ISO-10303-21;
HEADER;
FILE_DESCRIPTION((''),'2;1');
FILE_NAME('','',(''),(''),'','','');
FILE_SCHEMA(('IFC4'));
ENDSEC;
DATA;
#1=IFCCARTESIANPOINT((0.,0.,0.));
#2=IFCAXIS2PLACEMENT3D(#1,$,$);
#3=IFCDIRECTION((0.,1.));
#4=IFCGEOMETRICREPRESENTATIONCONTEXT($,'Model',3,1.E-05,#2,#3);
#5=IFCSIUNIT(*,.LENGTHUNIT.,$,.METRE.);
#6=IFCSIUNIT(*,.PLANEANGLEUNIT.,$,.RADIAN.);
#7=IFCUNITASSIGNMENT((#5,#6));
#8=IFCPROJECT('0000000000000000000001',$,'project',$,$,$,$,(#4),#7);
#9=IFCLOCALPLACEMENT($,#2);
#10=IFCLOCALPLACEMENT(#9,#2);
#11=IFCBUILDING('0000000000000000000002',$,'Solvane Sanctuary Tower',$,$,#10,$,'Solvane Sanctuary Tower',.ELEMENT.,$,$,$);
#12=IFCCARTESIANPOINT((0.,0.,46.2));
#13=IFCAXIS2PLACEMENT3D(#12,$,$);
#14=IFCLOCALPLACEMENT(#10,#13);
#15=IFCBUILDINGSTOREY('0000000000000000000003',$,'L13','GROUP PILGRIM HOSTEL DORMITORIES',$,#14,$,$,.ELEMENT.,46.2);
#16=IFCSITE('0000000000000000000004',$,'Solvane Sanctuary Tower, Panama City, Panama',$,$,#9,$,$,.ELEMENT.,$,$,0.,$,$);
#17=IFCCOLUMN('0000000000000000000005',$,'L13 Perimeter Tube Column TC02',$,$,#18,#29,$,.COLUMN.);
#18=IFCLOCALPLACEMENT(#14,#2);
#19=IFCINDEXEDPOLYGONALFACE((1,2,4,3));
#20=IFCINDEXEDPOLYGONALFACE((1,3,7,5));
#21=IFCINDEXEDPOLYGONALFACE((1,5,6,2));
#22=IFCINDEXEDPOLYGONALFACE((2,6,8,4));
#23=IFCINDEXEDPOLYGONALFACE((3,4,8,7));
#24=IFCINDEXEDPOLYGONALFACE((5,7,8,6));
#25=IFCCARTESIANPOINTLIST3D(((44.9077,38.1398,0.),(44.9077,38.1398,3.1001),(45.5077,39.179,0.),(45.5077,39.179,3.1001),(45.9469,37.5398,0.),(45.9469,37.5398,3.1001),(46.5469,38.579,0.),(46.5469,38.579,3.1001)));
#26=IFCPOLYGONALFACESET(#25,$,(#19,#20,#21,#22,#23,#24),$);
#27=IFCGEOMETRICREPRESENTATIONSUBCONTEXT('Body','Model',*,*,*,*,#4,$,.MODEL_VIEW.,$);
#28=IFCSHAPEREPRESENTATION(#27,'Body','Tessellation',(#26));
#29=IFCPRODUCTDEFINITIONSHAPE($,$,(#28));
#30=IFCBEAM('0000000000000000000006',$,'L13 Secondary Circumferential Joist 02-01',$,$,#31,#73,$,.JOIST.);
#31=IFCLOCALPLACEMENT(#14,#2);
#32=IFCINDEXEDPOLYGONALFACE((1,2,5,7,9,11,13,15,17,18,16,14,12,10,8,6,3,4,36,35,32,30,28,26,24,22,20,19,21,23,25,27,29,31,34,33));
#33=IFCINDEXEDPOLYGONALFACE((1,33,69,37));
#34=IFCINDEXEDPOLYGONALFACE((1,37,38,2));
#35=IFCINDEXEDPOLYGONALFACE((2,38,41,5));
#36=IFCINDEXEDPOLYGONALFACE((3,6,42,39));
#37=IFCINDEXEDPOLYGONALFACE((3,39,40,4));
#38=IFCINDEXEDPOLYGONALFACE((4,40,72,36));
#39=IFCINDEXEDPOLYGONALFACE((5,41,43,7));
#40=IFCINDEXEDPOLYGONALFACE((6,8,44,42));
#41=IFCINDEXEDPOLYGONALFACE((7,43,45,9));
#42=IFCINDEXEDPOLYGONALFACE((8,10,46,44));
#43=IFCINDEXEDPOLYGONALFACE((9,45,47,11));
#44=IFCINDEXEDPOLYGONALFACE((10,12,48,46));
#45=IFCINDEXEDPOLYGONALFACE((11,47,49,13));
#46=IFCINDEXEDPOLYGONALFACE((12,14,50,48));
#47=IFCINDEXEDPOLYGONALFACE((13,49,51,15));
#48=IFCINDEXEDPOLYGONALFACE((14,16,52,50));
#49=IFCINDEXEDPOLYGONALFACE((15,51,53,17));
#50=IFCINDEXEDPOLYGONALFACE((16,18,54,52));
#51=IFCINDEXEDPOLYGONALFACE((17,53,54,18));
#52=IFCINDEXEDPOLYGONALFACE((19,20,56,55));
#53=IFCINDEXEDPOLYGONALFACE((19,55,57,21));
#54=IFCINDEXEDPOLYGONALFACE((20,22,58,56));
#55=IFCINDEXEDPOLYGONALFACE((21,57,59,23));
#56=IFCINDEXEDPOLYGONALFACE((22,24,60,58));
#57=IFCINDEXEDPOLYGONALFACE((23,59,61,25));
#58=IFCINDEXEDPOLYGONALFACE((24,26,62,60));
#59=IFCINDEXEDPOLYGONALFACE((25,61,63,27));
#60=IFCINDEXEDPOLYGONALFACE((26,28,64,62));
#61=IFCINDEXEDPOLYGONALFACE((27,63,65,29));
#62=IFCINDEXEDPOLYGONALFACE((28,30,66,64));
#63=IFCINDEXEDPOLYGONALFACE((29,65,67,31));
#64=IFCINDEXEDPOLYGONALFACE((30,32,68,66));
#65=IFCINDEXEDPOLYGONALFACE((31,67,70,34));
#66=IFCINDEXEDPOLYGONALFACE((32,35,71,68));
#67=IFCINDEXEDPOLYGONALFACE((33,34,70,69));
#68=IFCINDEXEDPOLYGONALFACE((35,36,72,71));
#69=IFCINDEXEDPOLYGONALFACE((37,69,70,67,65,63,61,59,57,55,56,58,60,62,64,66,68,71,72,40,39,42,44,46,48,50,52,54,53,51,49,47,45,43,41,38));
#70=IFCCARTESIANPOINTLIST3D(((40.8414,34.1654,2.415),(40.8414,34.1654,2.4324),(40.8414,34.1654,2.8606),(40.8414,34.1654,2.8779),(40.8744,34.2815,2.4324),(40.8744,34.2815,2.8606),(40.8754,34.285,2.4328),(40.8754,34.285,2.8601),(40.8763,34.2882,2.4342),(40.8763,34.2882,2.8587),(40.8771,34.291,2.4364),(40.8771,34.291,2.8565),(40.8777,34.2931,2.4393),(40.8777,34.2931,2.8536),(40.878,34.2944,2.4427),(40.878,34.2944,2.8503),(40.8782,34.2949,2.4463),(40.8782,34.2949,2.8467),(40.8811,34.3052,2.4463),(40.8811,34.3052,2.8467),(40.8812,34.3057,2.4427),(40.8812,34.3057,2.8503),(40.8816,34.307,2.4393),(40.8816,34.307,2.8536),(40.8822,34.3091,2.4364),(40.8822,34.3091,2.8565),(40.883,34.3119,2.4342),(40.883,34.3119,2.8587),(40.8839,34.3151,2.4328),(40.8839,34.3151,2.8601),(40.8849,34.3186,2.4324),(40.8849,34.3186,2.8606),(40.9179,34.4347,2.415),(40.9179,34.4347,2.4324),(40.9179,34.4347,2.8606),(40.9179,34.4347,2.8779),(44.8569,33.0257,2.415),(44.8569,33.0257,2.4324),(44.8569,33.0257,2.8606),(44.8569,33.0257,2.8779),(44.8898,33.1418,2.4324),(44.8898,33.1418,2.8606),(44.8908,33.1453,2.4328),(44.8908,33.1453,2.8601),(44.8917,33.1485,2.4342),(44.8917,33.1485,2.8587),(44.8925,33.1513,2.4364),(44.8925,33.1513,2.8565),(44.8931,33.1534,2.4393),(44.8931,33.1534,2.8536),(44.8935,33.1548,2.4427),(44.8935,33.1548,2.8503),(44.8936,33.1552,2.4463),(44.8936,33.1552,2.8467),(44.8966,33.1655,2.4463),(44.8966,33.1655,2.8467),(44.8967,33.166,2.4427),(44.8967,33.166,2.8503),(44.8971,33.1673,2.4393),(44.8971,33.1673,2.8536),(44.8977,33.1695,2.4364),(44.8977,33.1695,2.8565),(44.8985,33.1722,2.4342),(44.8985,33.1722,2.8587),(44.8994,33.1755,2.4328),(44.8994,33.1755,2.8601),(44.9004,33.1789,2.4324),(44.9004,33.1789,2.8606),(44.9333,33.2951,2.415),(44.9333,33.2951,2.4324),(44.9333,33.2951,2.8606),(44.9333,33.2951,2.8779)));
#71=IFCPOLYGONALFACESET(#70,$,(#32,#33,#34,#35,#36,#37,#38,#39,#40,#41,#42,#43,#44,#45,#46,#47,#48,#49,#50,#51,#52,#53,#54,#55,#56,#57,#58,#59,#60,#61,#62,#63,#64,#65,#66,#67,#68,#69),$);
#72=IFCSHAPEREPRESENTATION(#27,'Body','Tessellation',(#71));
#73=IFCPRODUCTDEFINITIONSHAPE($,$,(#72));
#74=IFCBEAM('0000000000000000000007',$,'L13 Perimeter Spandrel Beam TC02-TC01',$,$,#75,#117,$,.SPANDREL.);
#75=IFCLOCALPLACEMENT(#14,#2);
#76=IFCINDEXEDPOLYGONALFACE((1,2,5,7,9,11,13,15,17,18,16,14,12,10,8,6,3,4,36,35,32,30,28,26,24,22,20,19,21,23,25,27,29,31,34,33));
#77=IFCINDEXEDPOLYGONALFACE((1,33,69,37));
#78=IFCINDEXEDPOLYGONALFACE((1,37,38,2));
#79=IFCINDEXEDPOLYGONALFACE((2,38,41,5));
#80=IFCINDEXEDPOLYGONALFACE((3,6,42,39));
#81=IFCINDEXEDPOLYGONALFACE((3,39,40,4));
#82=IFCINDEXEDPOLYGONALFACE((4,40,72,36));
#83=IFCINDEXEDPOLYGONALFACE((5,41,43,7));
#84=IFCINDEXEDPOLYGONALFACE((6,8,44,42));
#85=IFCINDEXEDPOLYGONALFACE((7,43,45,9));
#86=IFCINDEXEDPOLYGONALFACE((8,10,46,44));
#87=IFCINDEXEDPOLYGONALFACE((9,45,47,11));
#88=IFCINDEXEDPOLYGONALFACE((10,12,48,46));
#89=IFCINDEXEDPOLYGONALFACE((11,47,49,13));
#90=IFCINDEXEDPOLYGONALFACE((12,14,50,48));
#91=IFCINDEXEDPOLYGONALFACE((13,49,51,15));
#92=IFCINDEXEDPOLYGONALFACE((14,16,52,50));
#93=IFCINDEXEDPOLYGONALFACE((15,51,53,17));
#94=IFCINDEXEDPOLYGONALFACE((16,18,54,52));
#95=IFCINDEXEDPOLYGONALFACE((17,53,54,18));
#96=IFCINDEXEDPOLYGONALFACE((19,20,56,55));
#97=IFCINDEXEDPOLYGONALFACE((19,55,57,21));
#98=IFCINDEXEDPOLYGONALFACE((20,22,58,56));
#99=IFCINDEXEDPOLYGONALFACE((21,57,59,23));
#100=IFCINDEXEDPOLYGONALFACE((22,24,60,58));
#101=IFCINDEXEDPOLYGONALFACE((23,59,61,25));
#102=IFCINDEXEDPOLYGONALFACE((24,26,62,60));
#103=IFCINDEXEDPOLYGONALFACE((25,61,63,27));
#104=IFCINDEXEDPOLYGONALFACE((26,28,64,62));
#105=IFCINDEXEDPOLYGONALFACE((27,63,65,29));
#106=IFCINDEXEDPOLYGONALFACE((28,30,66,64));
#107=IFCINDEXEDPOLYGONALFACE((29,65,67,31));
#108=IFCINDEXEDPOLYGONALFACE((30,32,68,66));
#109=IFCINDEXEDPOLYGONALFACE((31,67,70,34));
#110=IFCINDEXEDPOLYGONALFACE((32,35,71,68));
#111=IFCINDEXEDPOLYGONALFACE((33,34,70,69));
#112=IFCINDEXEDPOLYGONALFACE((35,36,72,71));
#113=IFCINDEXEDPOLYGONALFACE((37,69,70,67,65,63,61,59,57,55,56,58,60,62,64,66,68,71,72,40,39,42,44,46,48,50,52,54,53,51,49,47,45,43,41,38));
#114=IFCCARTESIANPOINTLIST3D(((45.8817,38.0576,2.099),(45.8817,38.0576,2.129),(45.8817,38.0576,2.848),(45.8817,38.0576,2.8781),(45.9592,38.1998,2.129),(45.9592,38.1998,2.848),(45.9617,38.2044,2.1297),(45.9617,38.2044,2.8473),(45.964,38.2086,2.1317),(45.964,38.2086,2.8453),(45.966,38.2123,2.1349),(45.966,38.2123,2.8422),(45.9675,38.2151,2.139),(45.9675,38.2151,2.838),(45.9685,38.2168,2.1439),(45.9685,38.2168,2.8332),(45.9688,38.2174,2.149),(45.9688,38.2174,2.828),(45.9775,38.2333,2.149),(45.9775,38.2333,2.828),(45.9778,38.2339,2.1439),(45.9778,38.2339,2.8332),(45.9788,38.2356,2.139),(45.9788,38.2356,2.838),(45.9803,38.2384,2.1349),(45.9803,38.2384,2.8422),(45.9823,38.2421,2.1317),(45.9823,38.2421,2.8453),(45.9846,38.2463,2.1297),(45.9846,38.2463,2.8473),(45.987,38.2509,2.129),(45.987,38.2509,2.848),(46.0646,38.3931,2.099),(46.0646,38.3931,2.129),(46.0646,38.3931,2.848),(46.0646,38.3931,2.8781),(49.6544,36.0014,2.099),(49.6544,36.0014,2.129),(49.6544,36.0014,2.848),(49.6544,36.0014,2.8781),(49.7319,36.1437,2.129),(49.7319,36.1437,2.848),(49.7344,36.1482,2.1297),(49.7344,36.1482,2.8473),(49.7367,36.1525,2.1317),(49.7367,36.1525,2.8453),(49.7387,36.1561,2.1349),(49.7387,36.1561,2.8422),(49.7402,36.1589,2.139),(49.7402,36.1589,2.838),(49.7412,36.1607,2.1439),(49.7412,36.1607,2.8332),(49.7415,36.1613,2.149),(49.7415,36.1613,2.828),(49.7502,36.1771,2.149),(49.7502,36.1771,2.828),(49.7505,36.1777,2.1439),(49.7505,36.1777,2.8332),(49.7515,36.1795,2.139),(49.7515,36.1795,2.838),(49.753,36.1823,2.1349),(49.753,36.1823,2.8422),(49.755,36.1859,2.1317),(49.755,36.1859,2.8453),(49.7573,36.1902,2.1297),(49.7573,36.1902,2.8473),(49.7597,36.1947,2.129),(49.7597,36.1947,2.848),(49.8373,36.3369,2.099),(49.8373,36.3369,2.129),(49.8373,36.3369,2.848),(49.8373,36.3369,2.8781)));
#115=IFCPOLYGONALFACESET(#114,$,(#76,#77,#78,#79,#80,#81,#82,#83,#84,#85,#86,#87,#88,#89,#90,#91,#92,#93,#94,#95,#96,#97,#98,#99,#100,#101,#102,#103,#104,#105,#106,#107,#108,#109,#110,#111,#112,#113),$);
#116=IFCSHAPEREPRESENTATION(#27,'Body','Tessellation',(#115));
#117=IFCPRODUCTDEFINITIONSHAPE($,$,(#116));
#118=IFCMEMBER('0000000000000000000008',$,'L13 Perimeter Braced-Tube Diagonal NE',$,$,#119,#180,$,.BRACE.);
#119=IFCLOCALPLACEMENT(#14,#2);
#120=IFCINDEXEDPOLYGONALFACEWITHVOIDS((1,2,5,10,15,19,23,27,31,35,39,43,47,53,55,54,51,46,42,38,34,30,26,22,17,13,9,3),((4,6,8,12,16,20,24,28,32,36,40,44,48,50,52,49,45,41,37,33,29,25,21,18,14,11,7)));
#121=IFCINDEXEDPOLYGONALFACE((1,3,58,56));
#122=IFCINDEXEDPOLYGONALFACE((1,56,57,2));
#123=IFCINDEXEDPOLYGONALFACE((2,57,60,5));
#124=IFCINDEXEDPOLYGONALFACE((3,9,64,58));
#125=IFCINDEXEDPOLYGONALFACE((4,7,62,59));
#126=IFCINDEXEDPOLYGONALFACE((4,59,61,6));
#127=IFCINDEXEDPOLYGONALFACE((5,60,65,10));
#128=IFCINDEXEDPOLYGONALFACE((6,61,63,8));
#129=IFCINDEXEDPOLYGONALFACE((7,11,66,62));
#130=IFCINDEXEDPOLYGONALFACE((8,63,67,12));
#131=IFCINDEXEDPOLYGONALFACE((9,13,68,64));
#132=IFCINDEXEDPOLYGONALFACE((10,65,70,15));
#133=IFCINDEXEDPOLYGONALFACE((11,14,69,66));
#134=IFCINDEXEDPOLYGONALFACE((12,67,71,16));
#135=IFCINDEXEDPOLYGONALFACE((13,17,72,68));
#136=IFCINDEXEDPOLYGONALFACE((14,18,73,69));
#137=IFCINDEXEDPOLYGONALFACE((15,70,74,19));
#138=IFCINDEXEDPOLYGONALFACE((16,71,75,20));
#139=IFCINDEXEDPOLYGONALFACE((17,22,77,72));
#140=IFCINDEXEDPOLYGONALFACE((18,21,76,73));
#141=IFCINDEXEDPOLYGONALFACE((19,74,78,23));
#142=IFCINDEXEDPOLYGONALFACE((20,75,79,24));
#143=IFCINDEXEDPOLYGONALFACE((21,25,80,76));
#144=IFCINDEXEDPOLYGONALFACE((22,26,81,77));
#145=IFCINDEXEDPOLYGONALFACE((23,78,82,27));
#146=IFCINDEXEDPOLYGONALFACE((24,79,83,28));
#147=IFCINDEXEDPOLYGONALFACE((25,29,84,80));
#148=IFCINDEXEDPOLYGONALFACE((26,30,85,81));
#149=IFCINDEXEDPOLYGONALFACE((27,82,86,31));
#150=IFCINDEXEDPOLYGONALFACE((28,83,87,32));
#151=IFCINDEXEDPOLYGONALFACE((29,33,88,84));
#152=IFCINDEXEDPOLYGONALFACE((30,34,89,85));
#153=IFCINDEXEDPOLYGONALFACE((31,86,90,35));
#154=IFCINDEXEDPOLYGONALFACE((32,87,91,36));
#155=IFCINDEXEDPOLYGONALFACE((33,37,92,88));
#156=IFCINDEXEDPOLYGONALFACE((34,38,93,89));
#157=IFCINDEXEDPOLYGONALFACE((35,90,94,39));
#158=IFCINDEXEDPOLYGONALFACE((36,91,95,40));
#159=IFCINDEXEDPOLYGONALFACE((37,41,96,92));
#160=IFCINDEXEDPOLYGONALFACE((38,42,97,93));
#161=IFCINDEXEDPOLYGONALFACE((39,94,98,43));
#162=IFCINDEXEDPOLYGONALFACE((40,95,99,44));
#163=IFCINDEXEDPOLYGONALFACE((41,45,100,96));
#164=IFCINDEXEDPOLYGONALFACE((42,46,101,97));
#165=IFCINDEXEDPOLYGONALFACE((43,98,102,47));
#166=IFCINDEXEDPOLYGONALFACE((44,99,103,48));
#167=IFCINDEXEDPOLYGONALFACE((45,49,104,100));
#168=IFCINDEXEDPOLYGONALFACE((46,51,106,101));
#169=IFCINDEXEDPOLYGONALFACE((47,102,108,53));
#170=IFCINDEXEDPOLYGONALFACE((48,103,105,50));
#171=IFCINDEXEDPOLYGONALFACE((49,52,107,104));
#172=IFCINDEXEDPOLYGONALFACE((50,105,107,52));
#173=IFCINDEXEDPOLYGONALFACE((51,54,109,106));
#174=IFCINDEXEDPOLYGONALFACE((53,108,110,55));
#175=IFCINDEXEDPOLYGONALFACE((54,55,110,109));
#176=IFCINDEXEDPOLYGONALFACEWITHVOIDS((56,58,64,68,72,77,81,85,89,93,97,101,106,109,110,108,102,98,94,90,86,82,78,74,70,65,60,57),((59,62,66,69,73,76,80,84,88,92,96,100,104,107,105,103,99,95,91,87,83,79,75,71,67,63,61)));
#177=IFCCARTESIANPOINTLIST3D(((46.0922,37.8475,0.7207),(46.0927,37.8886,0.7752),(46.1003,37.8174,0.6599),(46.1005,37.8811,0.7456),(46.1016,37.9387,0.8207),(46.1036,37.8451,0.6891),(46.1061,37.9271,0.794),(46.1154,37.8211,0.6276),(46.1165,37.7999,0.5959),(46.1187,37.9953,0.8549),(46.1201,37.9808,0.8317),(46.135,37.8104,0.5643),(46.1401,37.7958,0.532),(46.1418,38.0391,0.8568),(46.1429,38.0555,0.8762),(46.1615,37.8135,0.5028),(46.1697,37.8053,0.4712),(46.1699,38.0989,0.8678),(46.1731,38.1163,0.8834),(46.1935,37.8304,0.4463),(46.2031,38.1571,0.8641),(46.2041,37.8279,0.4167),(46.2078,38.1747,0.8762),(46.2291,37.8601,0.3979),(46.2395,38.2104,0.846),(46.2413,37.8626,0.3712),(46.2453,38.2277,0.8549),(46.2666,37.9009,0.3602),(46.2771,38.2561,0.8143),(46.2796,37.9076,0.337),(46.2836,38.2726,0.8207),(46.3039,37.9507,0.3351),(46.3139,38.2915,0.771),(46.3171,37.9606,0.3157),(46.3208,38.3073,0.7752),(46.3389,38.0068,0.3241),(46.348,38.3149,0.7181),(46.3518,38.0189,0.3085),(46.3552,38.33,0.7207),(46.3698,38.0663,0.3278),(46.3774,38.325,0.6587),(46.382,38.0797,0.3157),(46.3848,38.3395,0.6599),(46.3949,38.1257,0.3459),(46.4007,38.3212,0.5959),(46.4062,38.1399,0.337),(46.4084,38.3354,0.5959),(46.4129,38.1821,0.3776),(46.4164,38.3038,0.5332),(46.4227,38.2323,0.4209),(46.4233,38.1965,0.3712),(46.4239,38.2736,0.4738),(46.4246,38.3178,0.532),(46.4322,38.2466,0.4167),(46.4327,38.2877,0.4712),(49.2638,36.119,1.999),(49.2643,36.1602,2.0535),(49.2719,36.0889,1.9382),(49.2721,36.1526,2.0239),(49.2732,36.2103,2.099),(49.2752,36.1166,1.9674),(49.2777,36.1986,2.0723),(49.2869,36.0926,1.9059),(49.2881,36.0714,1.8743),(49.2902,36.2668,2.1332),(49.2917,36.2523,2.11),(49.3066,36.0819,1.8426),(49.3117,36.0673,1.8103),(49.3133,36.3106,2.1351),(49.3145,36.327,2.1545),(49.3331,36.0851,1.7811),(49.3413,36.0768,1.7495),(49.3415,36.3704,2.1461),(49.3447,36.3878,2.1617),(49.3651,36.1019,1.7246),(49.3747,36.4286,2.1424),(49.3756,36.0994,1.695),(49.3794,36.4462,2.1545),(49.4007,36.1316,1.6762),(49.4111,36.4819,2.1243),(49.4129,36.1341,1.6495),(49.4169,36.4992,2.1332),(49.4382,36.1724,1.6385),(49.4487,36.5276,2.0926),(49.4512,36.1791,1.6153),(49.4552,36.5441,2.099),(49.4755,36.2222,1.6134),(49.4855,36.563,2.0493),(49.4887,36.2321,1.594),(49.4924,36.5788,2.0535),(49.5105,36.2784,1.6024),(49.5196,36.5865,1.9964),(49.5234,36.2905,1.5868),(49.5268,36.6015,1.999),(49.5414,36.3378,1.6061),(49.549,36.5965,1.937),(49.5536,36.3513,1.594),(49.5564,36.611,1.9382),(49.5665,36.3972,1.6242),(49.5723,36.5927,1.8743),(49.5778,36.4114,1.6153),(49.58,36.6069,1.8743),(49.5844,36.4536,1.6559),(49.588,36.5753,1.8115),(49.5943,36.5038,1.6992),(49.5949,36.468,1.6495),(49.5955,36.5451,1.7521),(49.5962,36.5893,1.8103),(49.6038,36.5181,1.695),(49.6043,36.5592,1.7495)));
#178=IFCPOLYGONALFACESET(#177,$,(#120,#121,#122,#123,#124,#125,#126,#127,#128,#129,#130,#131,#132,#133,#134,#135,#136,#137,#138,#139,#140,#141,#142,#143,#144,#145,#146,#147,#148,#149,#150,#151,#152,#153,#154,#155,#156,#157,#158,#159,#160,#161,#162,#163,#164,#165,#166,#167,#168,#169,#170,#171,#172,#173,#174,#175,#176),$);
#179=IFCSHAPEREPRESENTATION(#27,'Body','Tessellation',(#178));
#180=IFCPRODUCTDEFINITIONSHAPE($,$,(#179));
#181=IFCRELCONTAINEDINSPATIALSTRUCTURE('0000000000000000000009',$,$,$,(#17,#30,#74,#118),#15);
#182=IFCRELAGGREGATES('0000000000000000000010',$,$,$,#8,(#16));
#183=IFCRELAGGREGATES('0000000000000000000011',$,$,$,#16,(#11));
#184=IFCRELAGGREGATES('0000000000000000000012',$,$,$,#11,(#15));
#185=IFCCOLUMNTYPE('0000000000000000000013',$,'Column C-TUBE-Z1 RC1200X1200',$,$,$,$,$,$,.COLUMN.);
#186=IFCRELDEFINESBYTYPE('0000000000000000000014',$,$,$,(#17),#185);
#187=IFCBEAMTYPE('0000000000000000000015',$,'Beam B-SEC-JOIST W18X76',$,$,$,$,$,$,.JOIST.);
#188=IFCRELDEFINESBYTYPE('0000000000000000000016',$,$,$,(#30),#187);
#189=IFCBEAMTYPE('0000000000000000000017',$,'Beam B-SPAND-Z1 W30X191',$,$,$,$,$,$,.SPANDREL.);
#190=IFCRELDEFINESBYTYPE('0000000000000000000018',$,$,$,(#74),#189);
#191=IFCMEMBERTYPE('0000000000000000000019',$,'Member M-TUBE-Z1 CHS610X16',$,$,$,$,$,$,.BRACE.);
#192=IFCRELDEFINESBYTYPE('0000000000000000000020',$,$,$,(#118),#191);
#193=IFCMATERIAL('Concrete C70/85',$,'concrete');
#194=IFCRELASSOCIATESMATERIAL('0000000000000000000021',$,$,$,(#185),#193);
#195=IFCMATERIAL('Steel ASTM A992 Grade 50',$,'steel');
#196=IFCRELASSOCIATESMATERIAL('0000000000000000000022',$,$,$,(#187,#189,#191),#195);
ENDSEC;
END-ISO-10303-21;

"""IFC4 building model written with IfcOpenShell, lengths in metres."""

from ifc_helpers import new_model, si_unit, direction, frame, origin, origin_2d, place, context, subcontext, project, spatial, rectangle, hollow_circle, i_section, extrude, material, material_profile, profile_set, type_object, element, save


model = new_model("IFC4")

# Units and contexts
model_context = context("Model", 3, precision=1e-05, world=origin(), true_north=direction((0.0, 1.0)))
body_context = subcontext(model_context, "Body", "Model", "MODEL_VIEW")
ifc_project = project(units=[si_unit("LENGTHUNIT", "METRE"), si_unit("PLANEANGLEUNIT", "RADIAN")], contexts=[model_context])

# Site, building, storey
site_placement = place(None, origin())
site = spatial("IfcSite", under=ifc_project, at=site_placement, Name="Solvane Sanctuary Tower, Panama City, Panama", CompositionType="ELEMENT", RefElevation=0.0)
building_placement = place(site_placement, origin())
building = spatial("IfcBuilding", under=site, at=building_placement, Name="Solvane Sanctuary Tower", LongName="Solvane Sanctuary Tower", CompositionType="ELEMENT")
storey_placement = place(building_placement, frame((0.0, 0.0, 46.2)))
storey = spatial("IfcBuildingStorey", under=building, at=storey_placement, Name="L13", Description="GROUP PILGRIM HOSTEL DORMITORIES", CompositionType="ELEMENT", Elevation=46.2)

# Column
ifc_material_1 = material(Name="Concrete C70/85", Category="concrete")
ifc_material_profile_1 = material_profile(ifc_material_1, rectangle(XDim=1.2, YDim=1.2, at=origin_2d()), Name="RC1200X1200")
ifc_profile_set_1 = profile_set([ifc_material_profile_1], Name="Concrete C70/85")
column_type = type_object("IfcColumnType", Name="Column C-TUBE-Z1 RC1200X1200", PredefinedType="COLUMN", material=ifc_profile_set_1)
column_placement = place(storey_placement, frame((45.7273, 38.3594, 0.0), z_axis=(0.0, 0.0, 1.0), x_axis=(0.5, 0.866025, 0.0)))
element("IfcColumn", 1, at=column_placement, inside=storey, type_object=column_type, Name="L13 Perimeter Tube Column TC02", PredefinedType="COLUMN", context=body_context, shape_type="SweptSolid", body=[
    extrude(rectangle(XDim=1.2, YDim=1.2, at=origin_2d()), origin(), (0.0, 0.0, 1.0), 3.1001),
])

# Beams
ifc_material_2 = material(Name="Steel ASTM A992 Grade 50", Category="steel")
ifc_material_profile_2 = material_profile(ifc_material_2, i_section(OverallWidth=0.28, OverallDepth=0.4629, WebThickness=0.0107, FlangeThickness=0.0173, FilletRadius=0.0139, at=origin_2d()), Name="W18X76")
ifc_profile_set_2 = profile_set([ifc_material_profile_2], Name="Steel ASTM A992 Grade 50")
beam_type_1 = type_object("IfcBeamType", Name="Beam B-SEC-JOIST W18X76", PredefinedType="JOIST", material=ifc_profile_set_2)
beam_1_placement = place(storey_placement, frame((40.8796, 34.3, 2.6465), z_axis=(0.962004, -0.273037, 0.0), x_axis=(0.273037, 0.962004, 0.0)))
element("IfcBeam", 2, at=beam_1_placement, inside=storey, type_object=beam_type_1, Name="L13 Secondary Circumferential Joist 02-01", PredefinedType="JOIST", context=body_context, shape_type="SweptSolid", body=[
    extrude(i_section(OverallWidth=0.28, OverallDepth=0.4629, WebThickness=0.0107, FlangeThickness=0.0173, FilletRadius=0.0139, at=origin_2d()), origin(), (0.0, 0.0, 1.0), 4.1741),
])
ifc_material_profile_3 = material_profile(ifc_material_2, i_section(OverallWidth=0.3821, OverallDepth=0.7791, WebThickness=0.0181, FlangeThickness=0.03, FilletRadius=0.02, at=origin_2d()), Name="W30X191")
ifc_profile_set_3 = profile_set([ifc_material_profile_3], Name="Steel ASTM A992 Grade 50")
beam_type_2 = type_object("IfcBeamType", Name="Beam B-SPAND-Z1 W30X191", PredefinedType="SPANDREL", material=ifc_profile_set_3)
beam_2_placement = place(storey_placement, frame((45.9731, 38.2253, 2.4885), z_axis=(0.878061, -0.47855, 0.0), x_axis=(0.47855, 0.878061, 0.0)))
element("IfcBeam", 3, at=beam_2_placement, inside=storey, type_object=beam_type_2, Name="L13 Perimeter Spandrel Beam TC02-TC01", PredefinedType="SPANDREL", context=body_context, shape_type="SweptSolid", body=[
    extrude(i_section(OverallWidth=0.3821, OverallDepth=0.7791, WebThickness=0.0181, FlangeThickness=0.03, FilletRadius=0.02, at=origin_2d()), origin(), (0.0, 0.0, 1.0), 4.2966),
])

# Member
ifc_material_profile_4 = material_profile(ifc_material_2, hollow_circle(Radius=0.3049, WallThickness=0.0161, at=origin_2d()), Name="CHS610X16")
ifc_profile_set_4 = profile_set([ifc_material_profile_4], Name="Steel ASTM A992 Grade 50")
member_type = type_object("IfcMemberType", Name="Member M-TUBE-Z1 CHS610X16", PredefinedType="BRACE", material=ifc_profile_set_4)
member_placement = place(storey_placement, frame((46.2625, 38.0676, 0.5959), z_axis=(0.827758, -0.451122, 0.333626), x_axis=(0.47854, 0.878066, 0.0)))
element("IfcMember", 4, at=member_placement, inside=storey, type_object=member_type, Name="L13 Perimeter Braced-Tube Diagonal NE", PredefinedType="BRACE", context=body_context, shape_type="SweptSolid", body=[
    extrude(hollow_circle(Radius=0.3049, WallThickness=0.0161, at=origin_2d()), origin(), (0.0, 0.0, 1.0), 3.8315),
])

save(model, "model.ifc")
